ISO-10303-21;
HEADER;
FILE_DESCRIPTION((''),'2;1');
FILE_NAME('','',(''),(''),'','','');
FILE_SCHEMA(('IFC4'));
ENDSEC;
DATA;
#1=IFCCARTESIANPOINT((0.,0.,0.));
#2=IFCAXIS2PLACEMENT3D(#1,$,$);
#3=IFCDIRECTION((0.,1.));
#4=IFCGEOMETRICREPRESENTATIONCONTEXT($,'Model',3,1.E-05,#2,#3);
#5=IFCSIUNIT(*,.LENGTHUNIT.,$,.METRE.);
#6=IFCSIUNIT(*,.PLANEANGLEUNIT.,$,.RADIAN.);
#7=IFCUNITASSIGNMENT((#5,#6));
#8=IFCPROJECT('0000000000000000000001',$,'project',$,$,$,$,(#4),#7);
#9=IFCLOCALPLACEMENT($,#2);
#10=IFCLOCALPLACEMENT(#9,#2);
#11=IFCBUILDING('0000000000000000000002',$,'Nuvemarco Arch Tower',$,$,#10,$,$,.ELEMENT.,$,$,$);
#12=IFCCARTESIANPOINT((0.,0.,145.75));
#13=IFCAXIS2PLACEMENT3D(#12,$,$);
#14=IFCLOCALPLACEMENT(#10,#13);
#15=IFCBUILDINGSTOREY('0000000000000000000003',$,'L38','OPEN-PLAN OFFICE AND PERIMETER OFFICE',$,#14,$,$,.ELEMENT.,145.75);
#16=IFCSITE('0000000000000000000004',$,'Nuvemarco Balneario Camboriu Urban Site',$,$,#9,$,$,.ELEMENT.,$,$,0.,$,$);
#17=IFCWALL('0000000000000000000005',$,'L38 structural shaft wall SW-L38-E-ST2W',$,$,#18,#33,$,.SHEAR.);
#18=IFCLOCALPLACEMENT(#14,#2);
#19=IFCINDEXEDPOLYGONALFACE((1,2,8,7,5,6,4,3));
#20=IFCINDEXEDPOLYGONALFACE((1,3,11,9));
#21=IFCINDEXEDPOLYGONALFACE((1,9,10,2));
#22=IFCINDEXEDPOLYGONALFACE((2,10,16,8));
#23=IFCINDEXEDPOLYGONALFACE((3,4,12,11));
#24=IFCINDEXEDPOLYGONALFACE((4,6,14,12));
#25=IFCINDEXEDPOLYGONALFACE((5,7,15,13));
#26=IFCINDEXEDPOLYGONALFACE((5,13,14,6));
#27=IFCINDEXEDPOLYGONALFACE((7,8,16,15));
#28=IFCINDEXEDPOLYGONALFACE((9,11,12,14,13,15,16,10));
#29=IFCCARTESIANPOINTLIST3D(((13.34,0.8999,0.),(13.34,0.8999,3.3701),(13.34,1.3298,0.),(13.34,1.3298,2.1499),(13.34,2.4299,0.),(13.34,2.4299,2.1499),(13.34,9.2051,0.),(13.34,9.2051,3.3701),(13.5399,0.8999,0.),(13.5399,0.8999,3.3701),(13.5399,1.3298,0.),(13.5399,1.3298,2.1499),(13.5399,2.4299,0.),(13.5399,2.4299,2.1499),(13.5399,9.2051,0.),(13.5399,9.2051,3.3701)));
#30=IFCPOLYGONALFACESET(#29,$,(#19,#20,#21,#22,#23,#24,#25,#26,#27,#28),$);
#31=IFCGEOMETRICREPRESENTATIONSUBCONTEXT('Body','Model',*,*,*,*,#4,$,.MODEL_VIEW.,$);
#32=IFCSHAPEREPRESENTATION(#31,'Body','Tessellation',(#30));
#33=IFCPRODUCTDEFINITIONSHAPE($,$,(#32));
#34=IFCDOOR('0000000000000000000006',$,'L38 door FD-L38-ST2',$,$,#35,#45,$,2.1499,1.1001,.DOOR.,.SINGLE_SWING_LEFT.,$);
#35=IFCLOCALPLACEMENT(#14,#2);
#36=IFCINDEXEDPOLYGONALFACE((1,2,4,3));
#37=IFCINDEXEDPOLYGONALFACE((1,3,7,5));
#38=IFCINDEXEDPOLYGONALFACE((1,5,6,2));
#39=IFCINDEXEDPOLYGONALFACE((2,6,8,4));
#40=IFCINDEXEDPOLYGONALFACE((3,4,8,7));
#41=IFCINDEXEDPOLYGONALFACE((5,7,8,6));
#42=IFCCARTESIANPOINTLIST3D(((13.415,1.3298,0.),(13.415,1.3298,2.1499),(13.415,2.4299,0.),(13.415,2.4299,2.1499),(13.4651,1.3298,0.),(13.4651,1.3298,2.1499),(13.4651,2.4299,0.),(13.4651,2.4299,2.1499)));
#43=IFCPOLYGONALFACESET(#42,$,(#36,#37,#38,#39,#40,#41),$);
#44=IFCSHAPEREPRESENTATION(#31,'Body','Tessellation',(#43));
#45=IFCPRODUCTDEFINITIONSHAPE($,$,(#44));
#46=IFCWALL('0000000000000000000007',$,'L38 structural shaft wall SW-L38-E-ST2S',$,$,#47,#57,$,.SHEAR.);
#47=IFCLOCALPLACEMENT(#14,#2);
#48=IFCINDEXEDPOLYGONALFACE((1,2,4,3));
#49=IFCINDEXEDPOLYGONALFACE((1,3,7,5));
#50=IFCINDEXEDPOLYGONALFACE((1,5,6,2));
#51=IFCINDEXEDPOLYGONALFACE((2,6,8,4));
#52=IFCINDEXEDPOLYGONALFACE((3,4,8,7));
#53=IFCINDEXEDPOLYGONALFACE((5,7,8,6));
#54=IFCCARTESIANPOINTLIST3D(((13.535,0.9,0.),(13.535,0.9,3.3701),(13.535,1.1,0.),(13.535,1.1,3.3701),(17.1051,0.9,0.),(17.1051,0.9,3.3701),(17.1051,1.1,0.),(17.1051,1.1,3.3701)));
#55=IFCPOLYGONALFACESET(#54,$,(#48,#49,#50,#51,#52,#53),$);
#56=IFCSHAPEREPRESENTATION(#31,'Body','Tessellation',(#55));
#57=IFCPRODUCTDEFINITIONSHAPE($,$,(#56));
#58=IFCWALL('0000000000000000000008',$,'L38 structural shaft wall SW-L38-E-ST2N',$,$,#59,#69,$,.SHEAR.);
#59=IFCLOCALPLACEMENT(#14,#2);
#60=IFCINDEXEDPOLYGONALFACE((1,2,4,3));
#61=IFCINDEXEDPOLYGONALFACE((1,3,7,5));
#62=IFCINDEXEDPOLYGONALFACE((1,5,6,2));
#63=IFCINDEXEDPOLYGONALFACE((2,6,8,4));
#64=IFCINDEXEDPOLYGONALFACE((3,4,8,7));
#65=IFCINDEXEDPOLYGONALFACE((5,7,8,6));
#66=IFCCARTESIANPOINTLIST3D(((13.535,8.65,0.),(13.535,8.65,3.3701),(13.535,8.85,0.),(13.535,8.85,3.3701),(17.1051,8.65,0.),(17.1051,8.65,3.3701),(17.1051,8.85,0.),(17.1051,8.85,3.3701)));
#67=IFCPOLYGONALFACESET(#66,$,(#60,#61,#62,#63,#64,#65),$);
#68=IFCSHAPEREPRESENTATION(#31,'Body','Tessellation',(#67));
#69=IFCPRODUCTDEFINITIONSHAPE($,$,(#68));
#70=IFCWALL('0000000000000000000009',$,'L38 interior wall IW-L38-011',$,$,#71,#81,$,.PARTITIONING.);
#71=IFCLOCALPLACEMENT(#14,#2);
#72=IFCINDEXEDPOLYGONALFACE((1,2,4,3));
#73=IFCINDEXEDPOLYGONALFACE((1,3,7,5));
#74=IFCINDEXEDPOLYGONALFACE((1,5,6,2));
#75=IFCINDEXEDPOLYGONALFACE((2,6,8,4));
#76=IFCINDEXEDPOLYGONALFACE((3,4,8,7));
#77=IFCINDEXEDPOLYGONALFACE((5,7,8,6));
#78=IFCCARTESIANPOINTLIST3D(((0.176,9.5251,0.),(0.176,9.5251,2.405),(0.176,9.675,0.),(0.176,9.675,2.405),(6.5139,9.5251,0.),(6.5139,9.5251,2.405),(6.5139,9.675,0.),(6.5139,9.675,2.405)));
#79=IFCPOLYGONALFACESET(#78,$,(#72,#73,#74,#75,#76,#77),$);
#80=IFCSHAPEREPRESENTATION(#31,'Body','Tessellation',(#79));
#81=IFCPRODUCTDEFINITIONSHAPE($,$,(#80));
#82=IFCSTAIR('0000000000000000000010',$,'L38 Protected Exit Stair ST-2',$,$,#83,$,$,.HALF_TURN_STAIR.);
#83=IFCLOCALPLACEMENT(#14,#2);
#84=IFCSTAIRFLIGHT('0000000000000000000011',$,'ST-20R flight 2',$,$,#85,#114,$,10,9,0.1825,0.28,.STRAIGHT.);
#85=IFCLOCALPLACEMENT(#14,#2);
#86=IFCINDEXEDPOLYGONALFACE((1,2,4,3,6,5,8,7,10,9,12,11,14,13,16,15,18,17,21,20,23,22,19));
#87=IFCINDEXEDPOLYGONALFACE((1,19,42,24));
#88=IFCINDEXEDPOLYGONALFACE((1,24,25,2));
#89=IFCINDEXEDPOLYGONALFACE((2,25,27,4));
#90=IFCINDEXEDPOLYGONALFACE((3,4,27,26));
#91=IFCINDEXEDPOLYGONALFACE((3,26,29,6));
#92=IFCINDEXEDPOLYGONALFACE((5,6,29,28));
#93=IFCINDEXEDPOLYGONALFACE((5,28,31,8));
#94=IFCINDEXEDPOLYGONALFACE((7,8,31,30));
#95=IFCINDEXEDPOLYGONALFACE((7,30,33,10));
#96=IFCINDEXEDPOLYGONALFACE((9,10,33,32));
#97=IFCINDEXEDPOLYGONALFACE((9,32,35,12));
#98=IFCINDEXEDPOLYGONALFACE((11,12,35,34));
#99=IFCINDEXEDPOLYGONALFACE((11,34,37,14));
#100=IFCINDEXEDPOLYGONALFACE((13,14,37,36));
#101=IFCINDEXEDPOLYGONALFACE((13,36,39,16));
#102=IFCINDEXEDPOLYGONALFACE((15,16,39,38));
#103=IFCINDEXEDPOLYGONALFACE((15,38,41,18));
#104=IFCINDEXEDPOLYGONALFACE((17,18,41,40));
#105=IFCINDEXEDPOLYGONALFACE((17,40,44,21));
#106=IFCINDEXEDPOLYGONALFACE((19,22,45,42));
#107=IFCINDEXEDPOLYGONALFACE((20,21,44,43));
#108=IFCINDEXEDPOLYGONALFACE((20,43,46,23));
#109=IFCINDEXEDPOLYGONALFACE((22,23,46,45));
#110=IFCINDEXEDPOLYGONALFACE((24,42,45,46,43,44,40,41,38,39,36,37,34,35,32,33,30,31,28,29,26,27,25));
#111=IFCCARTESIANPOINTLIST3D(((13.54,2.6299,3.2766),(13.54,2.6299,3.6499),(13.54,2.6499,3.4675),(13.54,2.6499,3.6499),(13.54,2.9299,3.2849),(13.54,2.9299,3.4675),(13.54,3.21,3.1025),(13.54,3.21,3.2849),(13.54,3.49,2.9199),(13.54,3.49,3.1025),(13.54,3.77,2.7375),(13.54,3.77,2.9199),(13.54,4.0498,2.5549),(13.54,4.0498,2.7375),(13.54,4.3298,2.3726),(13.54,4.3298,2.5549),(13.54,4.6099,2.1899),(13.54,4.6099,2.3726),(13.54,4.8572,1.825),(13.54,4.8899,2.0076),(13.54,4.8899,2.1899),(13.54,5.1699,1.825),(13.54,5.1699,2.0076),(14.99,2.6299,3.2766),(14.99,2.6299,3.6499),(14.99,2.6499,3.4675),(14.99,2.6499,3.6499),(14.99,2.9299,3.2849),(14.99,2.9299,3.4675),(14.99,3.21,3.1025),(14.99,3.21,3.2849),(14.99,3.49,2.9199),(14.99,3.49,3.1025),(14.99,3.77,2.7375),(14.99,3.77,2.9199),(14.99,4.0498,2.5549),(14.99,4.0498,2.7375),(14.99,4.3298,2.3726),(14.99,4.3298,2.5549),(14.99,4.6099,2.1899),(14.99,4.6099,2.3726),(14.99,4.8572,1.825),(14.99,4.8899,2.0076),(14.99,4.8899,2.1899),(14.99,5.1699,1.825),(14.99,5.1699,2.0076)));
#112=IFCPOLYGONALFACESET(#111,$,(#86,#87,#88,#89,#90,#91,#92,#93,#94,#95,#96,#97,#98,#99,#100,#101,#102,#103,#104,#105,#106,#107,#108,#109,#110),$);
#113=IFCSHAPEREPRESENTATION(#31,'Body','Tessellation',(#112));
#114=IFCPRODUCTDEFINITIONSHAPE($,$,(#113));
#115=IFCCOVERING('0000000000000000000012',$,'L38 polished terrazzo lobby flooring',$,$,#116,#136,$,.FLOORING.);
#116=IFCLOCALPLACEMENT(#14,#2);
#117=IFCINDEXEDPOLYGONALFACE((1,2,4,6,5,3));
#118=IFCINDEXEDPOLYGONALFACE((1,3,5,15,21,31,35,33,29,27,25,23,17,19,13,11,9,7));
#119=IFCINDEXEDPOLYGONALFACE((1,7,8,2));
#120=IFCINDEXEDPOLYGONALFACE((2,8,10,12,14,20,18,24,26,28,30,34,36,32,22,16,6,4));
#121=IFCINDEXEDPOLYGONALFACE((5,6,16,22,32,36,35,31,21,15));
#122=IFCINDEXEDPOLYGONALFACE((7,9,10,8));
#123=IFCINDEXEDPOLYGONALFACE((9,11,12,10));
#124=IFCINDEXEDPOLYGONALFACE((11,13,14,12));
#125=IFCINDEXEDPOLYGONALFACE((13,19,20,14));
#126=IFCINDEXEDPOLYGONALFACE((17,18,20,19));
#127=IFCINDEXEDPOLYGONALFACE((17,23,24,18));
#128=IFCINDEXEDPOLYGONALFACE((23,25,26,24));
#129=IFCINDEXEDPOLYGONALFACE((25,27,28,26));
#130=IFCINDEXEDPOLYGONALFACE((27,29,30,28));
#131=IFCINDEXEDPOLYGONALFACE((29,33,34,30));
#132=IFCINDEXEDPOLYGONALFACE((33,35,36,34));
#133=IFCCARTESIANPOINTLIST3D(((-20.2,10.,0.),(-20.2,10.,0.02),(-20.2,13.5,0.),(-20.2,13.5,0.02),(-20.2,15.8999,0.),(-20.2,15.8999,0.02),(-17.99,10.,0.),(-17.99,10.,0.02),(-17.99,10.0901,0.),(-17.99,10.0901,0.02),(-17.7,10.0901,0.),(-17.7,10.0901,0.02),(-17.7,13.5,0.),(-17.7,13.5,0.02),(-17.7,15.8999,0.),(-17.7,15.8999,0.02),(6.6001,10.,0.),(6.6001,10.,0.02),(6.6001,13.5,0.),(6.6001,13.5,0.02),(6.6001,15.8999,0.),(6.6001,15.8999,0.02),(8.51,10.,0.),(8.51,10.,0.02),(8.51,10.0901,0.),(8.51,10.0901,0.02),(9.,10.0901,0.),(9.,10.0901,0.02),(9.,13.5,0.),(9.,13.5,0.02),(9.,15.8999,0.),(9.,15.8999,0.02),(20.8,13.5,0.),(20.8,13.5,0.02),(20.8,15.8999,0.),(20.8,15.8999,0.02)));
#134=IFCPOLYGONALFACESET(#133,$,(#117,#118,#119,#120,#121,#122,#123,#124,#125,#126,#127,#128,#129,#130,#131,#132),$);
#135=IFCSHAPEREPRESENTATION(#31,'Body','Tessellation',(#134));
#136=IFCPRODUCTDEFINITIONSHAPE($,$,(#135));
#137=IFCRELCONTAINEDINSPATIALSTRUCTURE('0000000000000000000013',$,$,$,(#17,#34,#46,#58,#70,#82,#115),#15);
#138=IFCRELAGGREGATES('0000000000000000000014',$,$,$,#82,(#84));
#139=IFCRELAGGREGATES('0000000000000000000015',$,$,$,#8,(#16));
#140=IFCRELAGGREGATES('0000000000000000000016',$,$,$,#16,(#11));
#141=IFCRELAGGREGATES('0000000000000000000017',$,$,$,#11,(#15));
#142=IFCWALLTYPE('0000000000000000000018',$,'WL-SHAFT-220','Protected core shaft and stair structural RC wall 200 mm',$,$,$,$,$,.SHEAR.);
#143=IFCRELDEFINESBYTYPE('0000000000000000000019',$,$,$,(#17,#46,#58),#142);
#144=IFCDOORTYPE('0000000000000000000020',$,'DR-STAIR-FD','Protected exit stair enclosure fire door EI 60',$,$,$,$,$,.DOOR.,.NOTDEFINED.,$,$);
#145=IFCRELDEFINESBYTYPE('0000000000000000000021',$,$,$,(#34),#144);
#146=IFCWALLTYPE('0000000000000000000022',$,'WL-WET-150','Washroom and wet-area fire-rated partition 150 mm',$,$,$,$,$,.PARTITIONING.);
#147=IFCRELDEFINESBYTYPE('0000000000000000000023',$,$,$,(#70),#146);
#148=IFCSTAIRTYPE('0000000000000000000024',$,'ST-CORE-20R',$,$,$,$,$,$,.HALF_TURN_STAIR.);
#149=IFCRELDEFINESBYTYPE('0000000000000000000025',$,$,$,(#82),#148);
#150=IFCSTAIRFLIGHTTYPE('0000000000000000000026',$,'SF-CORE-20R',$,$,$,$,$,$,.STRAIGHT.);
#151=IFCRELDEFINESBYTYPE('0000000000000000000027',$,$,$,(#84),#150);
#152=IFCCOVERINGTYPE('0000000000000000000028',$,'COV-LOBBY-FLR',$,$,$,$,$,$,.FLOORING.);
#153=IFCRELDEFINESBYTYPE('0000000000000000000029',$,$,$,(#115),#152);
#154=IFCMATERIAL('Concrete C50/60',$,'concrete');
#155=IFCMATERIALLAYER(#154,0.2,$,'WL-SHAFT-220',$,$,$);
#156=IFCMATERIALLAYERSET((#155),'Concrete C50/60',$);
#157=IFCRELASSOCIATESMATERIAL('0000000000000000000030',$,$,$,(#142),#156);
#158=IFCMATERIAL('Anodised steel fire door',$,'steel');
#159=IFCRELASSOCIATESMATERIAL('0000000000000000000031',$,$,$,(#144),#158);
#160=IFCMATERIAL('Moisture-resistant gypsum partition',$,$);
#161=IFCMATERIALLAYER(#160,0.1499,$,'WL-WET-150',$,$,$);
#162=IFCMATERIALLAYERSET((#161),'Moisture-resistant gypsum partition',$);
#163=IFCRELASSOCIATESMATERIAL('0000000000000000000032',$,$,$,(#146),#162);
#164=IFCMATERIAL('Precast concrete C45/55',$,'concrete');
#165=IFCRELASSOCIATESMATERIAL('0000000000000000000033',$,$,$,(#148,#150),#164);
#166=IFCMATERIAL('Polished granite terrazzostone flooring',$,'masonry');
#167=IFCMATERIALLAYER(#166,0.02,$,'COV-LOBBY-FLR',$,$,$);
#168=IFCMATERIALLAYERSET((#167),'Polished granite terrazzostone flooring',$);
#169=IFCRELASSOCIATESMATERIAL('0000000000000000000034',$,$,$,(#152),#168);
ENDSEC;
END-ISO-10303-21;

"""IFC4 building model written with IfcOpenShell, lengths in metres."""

from ifc_helpers import new_model, si_unit, direction, frame, frame_2d, origin, place, context, subcontext, project, spatial, polyline, rectangle, outline, extrude, source, transform, mapped, material, layer, layer_set, type_object, type_shapes, element, fill, aggregate, save


model = new_model("IFC4")

# Units and contexts
model_context = context("Model", 3, precision=1e-05, world=origin(), true_north=direction((0.0, 1.0)))
body_context = subcontext(model_context, "Body", "Model", "MODEL_VIEW")
ifc_project = project(units=[si_unit("LENGTHUNIT", "METRE"), si_unit("PLANEANGLEUNIT", "RADIAN")], contexts=[model_context])

# Site, building, storey
site_placement = place(None, origin())
site = spatial("IfcSite", under=ifc_project, at=site_placement, Name="Nuvemarco Balneario Camboriu Urban Site", CompositionType="ELEMENT", RefElevation=0.0)
building_placement = place(site_placement, origin())
building = spatial("IfcBuilding", under=site, at=building_placement, Name="Nuvemarco Arch Tower", CompositionType="ELEMENT")
storey_placement = place(building_placement, frame((0.0, 0.0, 145.75)))
storey = spatial("IfcBuildingStorey", under=building, at=storey_placement, Name="L38", Description="OPEN-PLAN OFFICE AND PERIMETER OFFICE", CompositionType="ELEMENT", Elevation=145.75)

# Shared definitions
ifc_material_1 = material(Name="Concrete C50/60", Category="concrete")

# Shared definitions
ifc_material_2 = material(Name="Anodised steel fire door", Category="steel")

# Wall, opening, door
ifc_layer_1 = layer(ifc_material_1, 0.2, Name="WL-SHAFT-220")
ifc_layer_set_1 = layer_set([ifc_layer_1], Name="Concrete C50/60")
wall_type_1 = type_object("IfcWallType", Name="WL-SHAFT-220", Description="Protected core shaft and stair structural RC wall 200 mm", PredefinedType="SHEAR", material=ifc_layer_set_1)
wall_1_placement = place(storey_placement, frame((13.4399, 0.8999, 0.0), z_axis=(0.0, 0.0, 1.0), x_axis=(0.0, 1.0, 0.0)))
wall_1 = element("IfcWall", 1, at=wall_1_placement, inside=storey, type_object=wall_type_1, Name="L38 structural shaft wall SW-L38-E-ST2W", PredefinedType="SHEAR", context=body_context, shape_type="SweptSolid", body=[
    extrude(rectangle(XDim=8.3052, YDim=0.2, at=frame_2d((4.1526, 0.0))), origin(), (0.0, 0.0, 1.0), 3.3701),
])
opening_1_placement = place(wall_1_placement, frame((0.4299, 0.0, 0.0)))
opening_1 = element("IfcOpeningElement", 2, at=opening_1_placement, cuts=wall_1, PredefinedType="OPENING", context=body_context, shape_type="SweptSolid", body=[
    extrude(rectangle(XDim=1.1001, YDim=2.1499, at=frame_2d((0.55, 1.075))), frame((0.0, 0.1099, 0.0), z_axis=(0.0, -1.0, 0.0), x_axis=(1.0, 0.0, 0.0)), (0.0, 0.0, 1.0), 0.22),
])
door_type_1 = type_object("IfcDoorType", Name="DR-STAIR-FD", Description="Protected exit stair enclosure fire door EI 60", OperationType="NOTDEFINED", PredefinedType="DOOR", material=ifc_material_2)
shared_shape_1 = source(origin(), body_context, "Body", "SweptSolid", [
    extrude(rectangle(XDim=1.1001, YDim=2.1499, at=frame_2d((0.55, 1.075))), frame((0.0, 0.0249, 0.0), z_axis=(0.0, -1.0, 0.0), x_axis=(1.0, 0.0, 0.0)), (0.0, 0.0, 1.0), 0.05),
])
type_shapes(door_type_1, [shared_shape_1])
door_1_placement = place(opening_1_placement, origin())
door_1 = element("IfcDoor", 3, at=door_1_placement, inside=storey, type_object=door_type_1, Name="L38 door FD-L38-ST2", OperationType="SINGLE_SWING_LEFT", OverallHeight=2.1499, OverallWidth=1.1001, PredefinedType="DOOR", context=body_context, shape_type="MappedRepresentation", body=[
    mapped(shared_shape_1, transform((0.0, 0.0, 0.0), scale=1.0)),
])
fill(opening_1, door_1)

# Walls
for number, where, z_axis, x_axis, name in (
    (4, (13.5349, 1.0, 0.0), (0.0, 0.0, 1.0), (1.0, 0.0, 0.0), "L38 structural shaft wall SW-L38-E-ST2S"),
    (5, (13.5349, 8.75, 0.0), (0.0, 0.0, 1.0), (1.0, 0.0, 0.0), "L38 structural shaft wall SW-L38-E-ST2N"),
):
    element("IfcWall", number, at=place(storey_placement, frame(where, z_axis=z_axis, x_axis=x_axis)), inside=storey, type_object=wall_type_1, Name=name, PredefinedType="SHEAR", context=body_context, shape_type="SweptSolid", body=[
        extrude(rectangle(XDim=3.5701, YDim=0.2, at=frame_2d((1.7852, 0.0))), origin(), (0.0, 0.0, 1.0), 3.3701),
    ])
ifc_material_3 = material(Name="Moisture-resistant gypsum partition")
ifc_layer_2 = layer(ifc_material_3, 0.1499, Name="WL-WET-150")
ifc_layer_set_2 = layer_set([ifc_layer_2], Name="Moisture-resistant gypsum partition")
wall_type_2 = type_object("IfcWallType", Name="WL-WET-150", Description="Washroom and wet-area fire-rated partition 150 mm", PredefinedType="PARTITIONING", material=ifc_layer_set_2)
wall_2_placement = place(storey_placement, frame((0.176, 9.6001, 0.0), z_axis=(0.0, 0.0, 1.0), x_axis=(1.0, 0.0, 0.0)))
element("IfcWall", 6, at=wall_2_placement, inside=storey, type_object=wall_type_2, Name="L38 interior wall IW-L38-011", PredefinedType="PARTITIONING", context=body_context, shape_type="SweptSolid", body=[
    extrude(rectangle(XDim=6.3379, YDim=0.1499, at=frame_2d((3.1689, 0.0))), origin(), (0.0, 0.0, 1.0), 2.405),
])

# Stair, stair flight
ifc_material_4 = material(Name="Precast concrete C45/55", Category="concrete")
stair_type = type_object("IfcStairType", Name="ST-CORE-20R", PredefinedType="HALF_TURN_STAIR", material=ifc_material_4)
stair_placement = place(storey_placement, origin())
stair = element("IfcStair", 7, at=stair_placement, inside=storey, type_object=stair_type, Name="L38 Protected Exit Stair ST-2", PredefinedType="HALF_TURN_STAIR")
stair_flight_type = type_object("IfcStairFlightType", Name="SF-CORE-20R", PredefinedType="STRAIGHT", material=ifc_material_4)
stair_flight_placement = place(storey_placement, frame((14.2649, 5.1699, 1.825), z_axis=(0.0, 0.0, 1.0), x_axis=(0.0, -1.0, 0.0)))
stair_flight = element("IfcStairFlight", 8, at=stair_flight_placement, type_object=stair_flight_type, Name="ST-20R flight 2", NumberOfRisers=10, NumberOfTreads=9, PredefinedType="STRAIGHT", RiserHeight=0.1825, TreadLength=0.28, context=body_context, shape_type="SweptSolid", body=[
    extrude(outline(polyline([(0.0, 0.0), (0.0, 0.1826), (0.28, 0.1826), (0.28, 0.365), (0.5601, 0.365), (0.5601, 0.5476), (0.8401, 0.5476), (0.8401, 0.73), (1.1201, 0.73), (1.1201, 0.9126), (1.3999, 0.9126), (1.3999, 1.095), (1.6799, 1.095), (1.6799, 1.2776), (1.96, 1.2776), (1.96, 1.46), (2.24, 1.46), (2.24, 1.6426), (2.52, 1.6426), (2.52, 1.825), (2.54, 1.825), (2.54, 1.4517), (0.3127, 0.0), (0.0, 0.0)])), frame((0.0, 0.7251, 0.0), z_axis=(0.0, -1.0, 0.0), x_axis=(1.0, 0.0, 0.0)), (0.0, 0.0, 1.0), 1.45),
])
aggregate(stair, [stair_flight])

# Covering
ifc_material_5 = material(Name="Polished granite terrazzostone flooring", Category="masonry")
ifc_layer_3 = layer(ifc_material_5, 0.02, Name="COV-LOBBY-FLR")
ifc_layer_set_3 = layer_set([ifc_layer_3], Name="Polished granite terrazzostone flooring")
covering_type = type_object("IfcCoveringType", Name="COV-LOBBY-FLR", PredefinedType="FLOORING", material=ifc_layer_set_3)
covering_placement = place(storey_placement, origin())
element("IfcCovering", 9, at=covering_placement, inside=storey, type_object=covering_type, Name="L38 polished terrazzo lobby flooring", PredefinedType="FLOORING", context=body_context, shape_type="SweptSolid", body=[
    extrude(outline(polyline([(-20.2, 13.5), (-20.2, 15.8999), (-17.7, 15.8999), (6.6001, 15.8999), (9.0, 15.8999), (20.8, 15.8999), (20.8, 13.5), (9.0, 13.5), (9.0, 10.0901), (8.51, 10.0901), (8.51, 10.0), (6.6001, 10.0), (6.6001, 13.5), (-17.7, 13.5), (-17.7, 10.0901), (-17.99, 10.0901), (-17.99, 10.0), (-20.2, 10.0), (-20.2, 13.5)])), origin(), (0.0, 0.0, 1.0), 0.02),
])

save(model, "model.ifc")
